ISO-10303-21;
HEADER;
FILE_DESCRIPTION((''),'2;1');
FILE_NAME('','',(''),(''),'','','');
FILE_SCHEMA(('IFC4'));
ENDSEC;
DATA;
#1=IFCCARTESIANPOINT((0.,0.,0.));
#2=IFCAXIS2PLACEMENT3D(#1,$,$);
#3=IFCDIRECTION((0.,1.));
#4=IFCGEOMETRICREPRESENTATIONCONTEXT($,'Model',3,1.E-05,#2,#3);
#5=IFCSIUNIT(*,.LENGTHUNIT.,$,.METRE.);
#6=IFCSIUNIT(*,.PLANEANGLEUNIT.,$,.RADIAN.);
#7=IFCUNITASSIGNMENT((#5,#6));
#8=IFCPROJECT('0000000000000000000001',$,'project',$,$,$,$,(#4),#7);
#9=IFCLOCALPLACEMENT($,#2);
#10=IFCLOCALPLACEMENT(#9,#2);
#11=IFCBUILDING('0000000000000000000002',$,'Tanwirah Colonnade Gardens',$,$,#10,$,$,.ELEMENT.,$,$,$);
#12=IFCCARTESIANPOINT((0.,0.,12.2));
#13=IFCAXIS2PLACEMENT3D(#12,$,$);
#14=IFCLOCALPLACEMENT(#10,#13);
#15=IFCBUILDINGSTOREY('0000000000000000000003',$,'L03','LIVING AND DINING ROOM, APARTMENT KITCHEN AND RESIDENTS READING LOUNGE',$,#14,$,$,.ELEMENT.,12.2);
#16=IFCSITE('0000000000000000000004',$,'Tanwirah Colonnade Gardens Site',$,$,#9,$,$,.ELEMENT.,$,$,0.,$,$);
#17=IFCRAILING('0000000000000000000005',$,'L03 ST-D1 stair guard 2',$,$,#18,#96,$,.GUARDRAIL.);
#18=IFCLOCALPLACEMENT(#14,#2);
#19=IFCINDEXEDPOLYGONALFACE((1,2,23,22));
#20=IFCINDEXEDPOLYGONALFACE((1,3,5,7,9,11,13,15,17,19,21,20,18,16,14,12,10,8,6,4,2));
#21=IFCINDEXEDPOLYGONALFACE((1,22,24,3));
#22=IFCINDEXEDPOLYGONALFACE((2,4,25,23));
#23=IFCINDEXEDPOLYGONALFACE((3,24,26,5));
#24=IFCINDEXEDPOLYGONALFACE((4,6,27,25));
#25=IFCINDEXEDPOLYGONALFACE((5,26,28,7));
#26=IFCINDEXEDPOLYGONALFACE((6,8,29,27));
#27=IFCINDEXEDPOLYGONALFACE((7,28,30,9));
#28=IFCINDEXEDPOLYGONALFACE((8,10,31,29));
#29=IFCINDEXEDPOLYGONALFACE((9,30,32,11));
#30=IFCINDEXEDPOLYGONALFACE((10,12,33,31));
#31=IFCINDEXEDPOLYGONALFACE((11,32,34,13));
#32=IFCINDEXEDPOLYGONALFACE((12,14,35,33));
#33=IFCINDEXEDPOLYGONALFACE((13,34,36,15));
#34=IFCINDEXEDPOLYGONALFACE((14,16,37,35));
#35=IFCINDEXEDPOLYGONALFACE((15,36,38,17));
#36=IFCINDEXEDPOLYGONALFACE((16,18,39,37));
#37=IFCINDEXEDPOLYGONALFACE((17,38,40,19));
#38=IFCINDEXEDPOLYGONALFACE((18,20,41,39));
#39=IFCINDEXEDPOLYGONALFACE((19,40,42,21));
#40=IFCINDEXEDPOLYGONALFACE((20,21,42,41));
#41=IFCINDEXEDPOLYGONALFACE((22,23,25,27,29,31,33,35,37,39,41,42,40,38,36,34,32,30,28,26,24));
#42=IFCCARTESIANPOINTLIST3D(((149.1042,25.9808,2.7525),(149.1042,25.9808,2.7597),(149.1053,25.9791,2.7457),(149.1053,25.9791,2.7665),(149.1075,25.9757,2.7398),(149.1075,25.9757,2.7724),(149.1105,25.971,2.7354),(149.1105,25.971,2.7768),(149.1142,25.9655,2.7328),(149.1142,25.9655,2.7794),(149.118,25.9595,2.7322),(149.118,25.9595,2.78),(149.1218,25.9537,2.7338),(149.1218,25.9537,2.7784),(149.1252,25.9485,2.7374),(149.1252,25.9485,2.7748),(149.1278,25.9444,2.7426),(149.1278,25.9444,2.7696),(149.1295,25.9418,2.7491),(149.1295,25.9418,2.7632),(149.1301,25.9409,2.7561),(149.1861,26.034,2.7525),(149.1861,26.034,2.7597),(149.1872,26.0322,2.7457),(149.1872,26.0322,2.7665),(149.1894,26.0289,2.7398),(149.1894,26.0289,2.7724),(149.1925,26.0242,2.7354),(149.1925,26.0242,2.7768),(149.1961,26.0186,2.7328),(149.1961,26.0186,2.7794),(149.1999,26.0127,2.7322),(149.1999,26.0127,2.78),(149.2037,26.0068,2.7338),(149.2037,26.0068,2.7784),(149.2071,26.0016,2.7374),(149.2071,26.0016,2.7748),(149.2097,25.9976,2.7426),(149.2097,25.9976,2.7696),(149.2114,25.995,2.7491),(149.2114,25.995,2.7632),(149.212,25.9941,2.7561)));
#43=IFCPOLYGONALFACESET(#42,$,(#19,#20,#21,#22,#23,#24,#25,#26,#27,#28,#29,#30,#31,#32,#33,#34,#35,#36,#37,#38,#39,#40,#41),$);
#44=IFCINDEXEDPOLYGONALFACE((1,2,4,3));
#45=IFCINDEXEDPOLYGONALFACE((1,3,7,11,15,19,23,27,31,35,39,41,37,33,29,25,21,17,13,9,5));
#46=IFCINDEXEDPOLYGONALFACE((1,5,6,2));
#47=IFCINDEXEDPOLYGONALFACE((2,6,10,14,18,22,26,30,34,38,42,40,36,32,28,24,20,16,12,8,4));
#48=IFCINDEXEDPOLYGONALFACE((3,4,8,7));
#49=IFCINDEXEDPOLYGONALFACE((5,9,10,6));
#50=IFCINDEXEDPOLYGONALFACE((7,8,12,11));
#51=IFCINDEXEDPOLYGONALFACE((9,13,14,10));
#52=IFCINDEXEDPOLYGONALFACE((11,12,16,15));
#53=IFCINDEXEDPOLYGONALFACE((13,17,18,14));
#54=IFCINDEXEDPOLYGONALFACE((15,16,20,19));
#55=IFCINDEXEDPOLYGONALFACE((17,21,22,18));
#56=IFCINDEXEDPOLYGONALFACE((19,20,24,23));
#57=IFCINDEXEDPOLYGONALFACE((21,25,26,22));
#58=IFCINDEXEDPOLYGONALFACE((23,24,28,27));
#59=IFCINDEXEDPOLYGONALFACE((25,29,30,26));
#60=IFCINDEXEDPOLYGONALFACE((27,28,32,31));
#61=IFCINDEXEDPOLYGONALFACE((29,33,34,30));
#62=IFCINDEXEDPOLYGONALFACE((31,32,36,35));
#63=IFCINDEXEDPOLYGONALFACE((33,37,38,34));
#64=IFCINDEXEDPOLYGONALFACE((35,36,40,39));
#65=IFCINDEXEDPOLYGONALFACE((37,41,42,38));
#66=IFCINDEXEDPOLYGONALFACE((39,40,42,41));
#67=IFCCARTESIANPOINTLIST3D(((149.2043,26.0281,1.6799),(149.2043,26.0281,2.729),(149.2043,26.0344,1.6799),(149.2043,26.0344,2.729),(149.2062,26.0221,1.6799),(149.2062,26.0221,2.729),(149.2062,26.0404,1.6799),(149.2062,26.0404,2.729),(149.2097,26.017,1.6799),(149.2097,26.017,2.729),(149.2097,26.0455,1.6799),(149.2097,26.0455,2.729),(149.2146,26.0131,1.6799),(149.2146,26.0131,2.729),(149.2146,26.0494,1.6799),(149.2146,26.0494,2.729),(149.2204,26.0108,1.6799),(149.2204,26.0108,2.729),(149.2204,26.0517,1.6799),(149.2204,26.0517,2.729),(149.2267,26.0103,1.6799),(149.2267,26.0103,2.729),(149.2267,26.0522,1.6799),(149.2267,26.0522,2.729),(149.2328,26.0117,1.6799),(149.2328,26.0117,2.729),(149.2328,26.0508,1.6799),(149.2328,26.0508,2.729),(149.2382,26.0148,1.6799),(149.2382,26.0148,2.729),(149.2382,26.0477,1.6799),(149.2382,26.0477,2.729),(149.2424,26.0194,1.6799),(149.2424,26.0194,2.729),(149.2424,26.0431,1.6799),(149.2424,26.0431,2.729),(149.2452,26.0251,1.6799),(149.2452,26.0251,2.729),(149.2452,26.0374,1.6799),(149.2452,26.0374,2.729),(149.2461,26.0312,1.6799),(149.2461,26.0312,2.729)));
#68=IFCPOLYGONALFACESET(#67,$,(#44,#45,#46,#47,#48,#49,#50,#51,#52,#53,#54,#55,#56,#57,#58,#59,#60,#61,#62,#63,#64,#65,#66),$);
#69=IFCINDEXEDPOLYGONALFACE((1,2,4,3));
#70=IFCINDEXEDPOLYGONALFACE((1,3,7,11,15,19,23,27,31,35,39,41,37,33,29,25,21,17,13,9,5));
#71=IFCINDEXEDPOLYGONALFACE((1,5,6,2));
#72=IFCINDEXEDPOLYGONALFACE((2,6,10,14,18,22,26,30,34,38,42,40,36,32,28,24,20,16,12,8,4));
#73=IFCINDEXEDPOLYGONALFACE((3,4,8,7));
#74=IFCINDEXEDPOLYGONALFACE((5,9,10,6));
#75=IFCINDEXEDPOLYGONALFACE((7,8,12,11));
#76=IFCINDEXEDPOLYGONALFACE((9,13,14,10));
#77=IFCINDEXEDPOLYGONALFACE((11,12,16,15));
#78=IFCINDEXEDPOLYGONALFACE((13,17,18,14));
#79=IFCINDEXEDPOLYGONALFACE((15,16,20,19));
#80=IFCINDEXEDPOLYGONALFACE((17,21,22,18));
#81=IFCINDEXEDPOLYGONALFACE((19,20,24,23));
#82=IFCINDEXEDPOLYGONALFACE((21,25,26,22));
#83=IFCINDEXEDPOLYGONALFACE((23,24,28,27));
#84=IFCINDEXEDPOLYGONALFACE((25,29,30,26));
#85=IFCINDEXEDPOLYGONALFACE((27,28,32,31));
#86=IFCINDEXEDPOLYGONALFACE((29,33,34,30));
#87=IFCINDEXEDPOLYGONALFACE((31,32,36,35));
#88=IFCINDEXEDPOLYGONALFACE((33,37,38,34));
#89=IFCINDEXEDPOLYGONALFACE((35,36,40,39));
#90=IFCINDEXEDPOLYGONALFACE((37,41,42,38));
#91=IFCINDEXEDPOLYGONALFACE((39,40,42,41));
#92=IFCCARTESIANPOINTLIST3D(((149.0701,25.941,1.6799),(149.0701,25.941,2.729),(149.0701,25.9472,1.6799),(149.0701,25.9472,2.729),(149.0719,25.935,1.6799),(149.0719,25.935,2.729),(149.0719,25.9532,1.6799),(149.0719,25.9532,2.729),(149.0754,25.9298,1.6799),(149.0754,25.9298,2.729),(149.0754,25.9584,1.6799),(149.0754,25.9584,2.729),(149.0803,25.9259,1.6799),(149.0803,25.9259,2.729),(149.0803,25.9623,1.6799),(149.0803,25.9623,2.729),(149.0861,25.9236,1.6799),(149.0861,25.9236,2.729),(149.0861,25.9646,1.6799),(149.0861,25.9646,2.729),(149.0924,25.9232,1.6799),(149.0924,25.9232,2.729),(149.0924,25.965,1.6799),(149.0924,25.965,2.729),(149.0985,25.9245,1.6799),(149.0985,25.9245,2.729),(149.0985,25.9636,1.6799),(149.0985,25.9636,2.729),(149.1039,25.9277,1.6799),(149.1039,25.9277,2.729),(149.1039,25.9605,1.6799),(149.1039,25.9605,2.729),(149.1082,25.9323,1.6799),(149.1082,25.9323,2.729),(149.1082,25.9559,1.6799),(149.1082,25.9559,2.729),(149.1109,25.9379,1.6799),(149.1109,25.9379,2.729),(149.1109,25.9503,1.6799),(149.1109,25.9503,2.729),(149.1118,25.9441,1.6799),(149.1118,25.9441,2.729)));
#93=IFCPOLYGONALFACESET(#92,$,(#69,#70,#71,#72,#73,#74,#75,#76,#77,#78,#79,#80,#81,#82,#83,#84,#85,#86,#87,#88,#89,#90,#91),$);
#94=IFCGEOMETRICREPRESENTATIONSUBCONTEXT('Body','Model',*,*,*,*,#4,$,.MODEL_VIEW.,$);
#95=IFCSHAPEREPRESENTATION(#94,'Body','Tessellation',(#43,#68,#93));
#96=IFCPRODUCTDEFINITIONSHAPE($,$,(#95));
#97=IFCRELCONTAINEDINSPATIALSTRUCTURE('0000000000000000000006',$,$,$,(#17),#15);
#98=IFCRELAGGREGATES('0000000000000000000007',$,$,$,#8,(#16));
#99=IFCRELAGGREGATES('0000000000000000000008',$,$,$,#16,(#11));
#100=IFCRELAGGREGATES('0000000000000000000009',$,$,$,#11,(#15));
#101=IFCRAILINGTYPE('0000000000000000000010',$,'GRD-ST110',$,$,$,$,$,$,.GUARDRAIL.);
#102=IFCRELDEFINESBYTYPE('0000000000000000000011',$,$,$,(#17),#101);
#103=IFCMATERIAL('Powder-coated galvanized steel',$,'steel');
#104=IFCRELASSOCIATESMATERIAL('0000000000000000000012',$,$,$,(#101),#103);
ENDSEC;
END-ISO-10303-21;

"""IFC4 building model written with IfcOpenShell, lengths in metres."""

from ifc_helpers import new_model, si_unit, direction, frame, origin, origin_2d, place, context, subcontext, project, spatial, circle, extrude, material, type_object, element, save


model = new_model("IFC4")

# Units and contexts
model_context = context("Model", 3, precision=1e-05, world=origin(), true_north=direction((0.0, 1.0)))
body_context = subcontext(model_context, "Body", "Model", "MODEL_VIEW")
ifc_project = project(units=[si_unit("LENGTHUNIT", "METRE"), si_unit("PLANEANGLEUNIT", "RADIAN")], contexts=[model_context])

# Site, building, storey
site_placement = place(None, origin())
site = spatial("IfcSite", under=ifc_project, at=site_placement, Name="Tanwirah Colonnade Gardens Site", CompositionType="ELEMENT", RefElevation=0.0)
building_placement = place(site_placement, origin())
building = spatial("IfcBuilding", under=site, at=building_placement, Name="Tanwirah Colonnade Gardens", CompositionType="ELEMENT")
storey_placement = place(building_placement, frame((0.0, 0.0, 12.2)))
storey = spatial("IfcBuildingStorey", under=building, at=storey_placement, Name="L03", Description="LIVING AND DINING ROOM, APARTMENT KITCHEN AND RESIDENTS READING LOUNGE", CompositionType="ELEMENT", Elevation=12.2)

# Railing
ifc_material_1 = material(Name="Powder-coated galvanized steel", Category="steel")
railing_type_1 = type_object("IfcRailingType", Name="GRD-ST110", PredefinedType="GUARDRAIL", material=ifc_material_1)
railing_1_placement = place(storey_placement, frame((149.2251, 26.0312, 1.6799)))
element("IfcRailing", 1, at=railing_1_placement, inside=storey, type_object=railing_type_1, Name="L03 ST-D1 stair guard 2", PredefinedType="GUARDRAIL", context=body_context, shape_type="SweptSolid", body=[
    extrude(circle(Radius=0.0239, at=origin_2d()), frame((-0.0261, -0.0171, 1.0762), z_axis=(-0.838792, -0.544452, 0.0), x_axis=(0.544452, -0.838792, 0.0)), (0.0, 0.0, 1.0), 0.0977),
    extrude(circle(Radius=0.021, at=origin_2d()), origin(), (0.0, 0.0, 1.0), 1.0491),
    extrude(circle(Radius=0.021, at=origin_2d()), frame((-0.1343, -0.0872, 0.0)), (0.0, 0.0, 1.0), 1.0491),
])

save(model, "model.ifc")
